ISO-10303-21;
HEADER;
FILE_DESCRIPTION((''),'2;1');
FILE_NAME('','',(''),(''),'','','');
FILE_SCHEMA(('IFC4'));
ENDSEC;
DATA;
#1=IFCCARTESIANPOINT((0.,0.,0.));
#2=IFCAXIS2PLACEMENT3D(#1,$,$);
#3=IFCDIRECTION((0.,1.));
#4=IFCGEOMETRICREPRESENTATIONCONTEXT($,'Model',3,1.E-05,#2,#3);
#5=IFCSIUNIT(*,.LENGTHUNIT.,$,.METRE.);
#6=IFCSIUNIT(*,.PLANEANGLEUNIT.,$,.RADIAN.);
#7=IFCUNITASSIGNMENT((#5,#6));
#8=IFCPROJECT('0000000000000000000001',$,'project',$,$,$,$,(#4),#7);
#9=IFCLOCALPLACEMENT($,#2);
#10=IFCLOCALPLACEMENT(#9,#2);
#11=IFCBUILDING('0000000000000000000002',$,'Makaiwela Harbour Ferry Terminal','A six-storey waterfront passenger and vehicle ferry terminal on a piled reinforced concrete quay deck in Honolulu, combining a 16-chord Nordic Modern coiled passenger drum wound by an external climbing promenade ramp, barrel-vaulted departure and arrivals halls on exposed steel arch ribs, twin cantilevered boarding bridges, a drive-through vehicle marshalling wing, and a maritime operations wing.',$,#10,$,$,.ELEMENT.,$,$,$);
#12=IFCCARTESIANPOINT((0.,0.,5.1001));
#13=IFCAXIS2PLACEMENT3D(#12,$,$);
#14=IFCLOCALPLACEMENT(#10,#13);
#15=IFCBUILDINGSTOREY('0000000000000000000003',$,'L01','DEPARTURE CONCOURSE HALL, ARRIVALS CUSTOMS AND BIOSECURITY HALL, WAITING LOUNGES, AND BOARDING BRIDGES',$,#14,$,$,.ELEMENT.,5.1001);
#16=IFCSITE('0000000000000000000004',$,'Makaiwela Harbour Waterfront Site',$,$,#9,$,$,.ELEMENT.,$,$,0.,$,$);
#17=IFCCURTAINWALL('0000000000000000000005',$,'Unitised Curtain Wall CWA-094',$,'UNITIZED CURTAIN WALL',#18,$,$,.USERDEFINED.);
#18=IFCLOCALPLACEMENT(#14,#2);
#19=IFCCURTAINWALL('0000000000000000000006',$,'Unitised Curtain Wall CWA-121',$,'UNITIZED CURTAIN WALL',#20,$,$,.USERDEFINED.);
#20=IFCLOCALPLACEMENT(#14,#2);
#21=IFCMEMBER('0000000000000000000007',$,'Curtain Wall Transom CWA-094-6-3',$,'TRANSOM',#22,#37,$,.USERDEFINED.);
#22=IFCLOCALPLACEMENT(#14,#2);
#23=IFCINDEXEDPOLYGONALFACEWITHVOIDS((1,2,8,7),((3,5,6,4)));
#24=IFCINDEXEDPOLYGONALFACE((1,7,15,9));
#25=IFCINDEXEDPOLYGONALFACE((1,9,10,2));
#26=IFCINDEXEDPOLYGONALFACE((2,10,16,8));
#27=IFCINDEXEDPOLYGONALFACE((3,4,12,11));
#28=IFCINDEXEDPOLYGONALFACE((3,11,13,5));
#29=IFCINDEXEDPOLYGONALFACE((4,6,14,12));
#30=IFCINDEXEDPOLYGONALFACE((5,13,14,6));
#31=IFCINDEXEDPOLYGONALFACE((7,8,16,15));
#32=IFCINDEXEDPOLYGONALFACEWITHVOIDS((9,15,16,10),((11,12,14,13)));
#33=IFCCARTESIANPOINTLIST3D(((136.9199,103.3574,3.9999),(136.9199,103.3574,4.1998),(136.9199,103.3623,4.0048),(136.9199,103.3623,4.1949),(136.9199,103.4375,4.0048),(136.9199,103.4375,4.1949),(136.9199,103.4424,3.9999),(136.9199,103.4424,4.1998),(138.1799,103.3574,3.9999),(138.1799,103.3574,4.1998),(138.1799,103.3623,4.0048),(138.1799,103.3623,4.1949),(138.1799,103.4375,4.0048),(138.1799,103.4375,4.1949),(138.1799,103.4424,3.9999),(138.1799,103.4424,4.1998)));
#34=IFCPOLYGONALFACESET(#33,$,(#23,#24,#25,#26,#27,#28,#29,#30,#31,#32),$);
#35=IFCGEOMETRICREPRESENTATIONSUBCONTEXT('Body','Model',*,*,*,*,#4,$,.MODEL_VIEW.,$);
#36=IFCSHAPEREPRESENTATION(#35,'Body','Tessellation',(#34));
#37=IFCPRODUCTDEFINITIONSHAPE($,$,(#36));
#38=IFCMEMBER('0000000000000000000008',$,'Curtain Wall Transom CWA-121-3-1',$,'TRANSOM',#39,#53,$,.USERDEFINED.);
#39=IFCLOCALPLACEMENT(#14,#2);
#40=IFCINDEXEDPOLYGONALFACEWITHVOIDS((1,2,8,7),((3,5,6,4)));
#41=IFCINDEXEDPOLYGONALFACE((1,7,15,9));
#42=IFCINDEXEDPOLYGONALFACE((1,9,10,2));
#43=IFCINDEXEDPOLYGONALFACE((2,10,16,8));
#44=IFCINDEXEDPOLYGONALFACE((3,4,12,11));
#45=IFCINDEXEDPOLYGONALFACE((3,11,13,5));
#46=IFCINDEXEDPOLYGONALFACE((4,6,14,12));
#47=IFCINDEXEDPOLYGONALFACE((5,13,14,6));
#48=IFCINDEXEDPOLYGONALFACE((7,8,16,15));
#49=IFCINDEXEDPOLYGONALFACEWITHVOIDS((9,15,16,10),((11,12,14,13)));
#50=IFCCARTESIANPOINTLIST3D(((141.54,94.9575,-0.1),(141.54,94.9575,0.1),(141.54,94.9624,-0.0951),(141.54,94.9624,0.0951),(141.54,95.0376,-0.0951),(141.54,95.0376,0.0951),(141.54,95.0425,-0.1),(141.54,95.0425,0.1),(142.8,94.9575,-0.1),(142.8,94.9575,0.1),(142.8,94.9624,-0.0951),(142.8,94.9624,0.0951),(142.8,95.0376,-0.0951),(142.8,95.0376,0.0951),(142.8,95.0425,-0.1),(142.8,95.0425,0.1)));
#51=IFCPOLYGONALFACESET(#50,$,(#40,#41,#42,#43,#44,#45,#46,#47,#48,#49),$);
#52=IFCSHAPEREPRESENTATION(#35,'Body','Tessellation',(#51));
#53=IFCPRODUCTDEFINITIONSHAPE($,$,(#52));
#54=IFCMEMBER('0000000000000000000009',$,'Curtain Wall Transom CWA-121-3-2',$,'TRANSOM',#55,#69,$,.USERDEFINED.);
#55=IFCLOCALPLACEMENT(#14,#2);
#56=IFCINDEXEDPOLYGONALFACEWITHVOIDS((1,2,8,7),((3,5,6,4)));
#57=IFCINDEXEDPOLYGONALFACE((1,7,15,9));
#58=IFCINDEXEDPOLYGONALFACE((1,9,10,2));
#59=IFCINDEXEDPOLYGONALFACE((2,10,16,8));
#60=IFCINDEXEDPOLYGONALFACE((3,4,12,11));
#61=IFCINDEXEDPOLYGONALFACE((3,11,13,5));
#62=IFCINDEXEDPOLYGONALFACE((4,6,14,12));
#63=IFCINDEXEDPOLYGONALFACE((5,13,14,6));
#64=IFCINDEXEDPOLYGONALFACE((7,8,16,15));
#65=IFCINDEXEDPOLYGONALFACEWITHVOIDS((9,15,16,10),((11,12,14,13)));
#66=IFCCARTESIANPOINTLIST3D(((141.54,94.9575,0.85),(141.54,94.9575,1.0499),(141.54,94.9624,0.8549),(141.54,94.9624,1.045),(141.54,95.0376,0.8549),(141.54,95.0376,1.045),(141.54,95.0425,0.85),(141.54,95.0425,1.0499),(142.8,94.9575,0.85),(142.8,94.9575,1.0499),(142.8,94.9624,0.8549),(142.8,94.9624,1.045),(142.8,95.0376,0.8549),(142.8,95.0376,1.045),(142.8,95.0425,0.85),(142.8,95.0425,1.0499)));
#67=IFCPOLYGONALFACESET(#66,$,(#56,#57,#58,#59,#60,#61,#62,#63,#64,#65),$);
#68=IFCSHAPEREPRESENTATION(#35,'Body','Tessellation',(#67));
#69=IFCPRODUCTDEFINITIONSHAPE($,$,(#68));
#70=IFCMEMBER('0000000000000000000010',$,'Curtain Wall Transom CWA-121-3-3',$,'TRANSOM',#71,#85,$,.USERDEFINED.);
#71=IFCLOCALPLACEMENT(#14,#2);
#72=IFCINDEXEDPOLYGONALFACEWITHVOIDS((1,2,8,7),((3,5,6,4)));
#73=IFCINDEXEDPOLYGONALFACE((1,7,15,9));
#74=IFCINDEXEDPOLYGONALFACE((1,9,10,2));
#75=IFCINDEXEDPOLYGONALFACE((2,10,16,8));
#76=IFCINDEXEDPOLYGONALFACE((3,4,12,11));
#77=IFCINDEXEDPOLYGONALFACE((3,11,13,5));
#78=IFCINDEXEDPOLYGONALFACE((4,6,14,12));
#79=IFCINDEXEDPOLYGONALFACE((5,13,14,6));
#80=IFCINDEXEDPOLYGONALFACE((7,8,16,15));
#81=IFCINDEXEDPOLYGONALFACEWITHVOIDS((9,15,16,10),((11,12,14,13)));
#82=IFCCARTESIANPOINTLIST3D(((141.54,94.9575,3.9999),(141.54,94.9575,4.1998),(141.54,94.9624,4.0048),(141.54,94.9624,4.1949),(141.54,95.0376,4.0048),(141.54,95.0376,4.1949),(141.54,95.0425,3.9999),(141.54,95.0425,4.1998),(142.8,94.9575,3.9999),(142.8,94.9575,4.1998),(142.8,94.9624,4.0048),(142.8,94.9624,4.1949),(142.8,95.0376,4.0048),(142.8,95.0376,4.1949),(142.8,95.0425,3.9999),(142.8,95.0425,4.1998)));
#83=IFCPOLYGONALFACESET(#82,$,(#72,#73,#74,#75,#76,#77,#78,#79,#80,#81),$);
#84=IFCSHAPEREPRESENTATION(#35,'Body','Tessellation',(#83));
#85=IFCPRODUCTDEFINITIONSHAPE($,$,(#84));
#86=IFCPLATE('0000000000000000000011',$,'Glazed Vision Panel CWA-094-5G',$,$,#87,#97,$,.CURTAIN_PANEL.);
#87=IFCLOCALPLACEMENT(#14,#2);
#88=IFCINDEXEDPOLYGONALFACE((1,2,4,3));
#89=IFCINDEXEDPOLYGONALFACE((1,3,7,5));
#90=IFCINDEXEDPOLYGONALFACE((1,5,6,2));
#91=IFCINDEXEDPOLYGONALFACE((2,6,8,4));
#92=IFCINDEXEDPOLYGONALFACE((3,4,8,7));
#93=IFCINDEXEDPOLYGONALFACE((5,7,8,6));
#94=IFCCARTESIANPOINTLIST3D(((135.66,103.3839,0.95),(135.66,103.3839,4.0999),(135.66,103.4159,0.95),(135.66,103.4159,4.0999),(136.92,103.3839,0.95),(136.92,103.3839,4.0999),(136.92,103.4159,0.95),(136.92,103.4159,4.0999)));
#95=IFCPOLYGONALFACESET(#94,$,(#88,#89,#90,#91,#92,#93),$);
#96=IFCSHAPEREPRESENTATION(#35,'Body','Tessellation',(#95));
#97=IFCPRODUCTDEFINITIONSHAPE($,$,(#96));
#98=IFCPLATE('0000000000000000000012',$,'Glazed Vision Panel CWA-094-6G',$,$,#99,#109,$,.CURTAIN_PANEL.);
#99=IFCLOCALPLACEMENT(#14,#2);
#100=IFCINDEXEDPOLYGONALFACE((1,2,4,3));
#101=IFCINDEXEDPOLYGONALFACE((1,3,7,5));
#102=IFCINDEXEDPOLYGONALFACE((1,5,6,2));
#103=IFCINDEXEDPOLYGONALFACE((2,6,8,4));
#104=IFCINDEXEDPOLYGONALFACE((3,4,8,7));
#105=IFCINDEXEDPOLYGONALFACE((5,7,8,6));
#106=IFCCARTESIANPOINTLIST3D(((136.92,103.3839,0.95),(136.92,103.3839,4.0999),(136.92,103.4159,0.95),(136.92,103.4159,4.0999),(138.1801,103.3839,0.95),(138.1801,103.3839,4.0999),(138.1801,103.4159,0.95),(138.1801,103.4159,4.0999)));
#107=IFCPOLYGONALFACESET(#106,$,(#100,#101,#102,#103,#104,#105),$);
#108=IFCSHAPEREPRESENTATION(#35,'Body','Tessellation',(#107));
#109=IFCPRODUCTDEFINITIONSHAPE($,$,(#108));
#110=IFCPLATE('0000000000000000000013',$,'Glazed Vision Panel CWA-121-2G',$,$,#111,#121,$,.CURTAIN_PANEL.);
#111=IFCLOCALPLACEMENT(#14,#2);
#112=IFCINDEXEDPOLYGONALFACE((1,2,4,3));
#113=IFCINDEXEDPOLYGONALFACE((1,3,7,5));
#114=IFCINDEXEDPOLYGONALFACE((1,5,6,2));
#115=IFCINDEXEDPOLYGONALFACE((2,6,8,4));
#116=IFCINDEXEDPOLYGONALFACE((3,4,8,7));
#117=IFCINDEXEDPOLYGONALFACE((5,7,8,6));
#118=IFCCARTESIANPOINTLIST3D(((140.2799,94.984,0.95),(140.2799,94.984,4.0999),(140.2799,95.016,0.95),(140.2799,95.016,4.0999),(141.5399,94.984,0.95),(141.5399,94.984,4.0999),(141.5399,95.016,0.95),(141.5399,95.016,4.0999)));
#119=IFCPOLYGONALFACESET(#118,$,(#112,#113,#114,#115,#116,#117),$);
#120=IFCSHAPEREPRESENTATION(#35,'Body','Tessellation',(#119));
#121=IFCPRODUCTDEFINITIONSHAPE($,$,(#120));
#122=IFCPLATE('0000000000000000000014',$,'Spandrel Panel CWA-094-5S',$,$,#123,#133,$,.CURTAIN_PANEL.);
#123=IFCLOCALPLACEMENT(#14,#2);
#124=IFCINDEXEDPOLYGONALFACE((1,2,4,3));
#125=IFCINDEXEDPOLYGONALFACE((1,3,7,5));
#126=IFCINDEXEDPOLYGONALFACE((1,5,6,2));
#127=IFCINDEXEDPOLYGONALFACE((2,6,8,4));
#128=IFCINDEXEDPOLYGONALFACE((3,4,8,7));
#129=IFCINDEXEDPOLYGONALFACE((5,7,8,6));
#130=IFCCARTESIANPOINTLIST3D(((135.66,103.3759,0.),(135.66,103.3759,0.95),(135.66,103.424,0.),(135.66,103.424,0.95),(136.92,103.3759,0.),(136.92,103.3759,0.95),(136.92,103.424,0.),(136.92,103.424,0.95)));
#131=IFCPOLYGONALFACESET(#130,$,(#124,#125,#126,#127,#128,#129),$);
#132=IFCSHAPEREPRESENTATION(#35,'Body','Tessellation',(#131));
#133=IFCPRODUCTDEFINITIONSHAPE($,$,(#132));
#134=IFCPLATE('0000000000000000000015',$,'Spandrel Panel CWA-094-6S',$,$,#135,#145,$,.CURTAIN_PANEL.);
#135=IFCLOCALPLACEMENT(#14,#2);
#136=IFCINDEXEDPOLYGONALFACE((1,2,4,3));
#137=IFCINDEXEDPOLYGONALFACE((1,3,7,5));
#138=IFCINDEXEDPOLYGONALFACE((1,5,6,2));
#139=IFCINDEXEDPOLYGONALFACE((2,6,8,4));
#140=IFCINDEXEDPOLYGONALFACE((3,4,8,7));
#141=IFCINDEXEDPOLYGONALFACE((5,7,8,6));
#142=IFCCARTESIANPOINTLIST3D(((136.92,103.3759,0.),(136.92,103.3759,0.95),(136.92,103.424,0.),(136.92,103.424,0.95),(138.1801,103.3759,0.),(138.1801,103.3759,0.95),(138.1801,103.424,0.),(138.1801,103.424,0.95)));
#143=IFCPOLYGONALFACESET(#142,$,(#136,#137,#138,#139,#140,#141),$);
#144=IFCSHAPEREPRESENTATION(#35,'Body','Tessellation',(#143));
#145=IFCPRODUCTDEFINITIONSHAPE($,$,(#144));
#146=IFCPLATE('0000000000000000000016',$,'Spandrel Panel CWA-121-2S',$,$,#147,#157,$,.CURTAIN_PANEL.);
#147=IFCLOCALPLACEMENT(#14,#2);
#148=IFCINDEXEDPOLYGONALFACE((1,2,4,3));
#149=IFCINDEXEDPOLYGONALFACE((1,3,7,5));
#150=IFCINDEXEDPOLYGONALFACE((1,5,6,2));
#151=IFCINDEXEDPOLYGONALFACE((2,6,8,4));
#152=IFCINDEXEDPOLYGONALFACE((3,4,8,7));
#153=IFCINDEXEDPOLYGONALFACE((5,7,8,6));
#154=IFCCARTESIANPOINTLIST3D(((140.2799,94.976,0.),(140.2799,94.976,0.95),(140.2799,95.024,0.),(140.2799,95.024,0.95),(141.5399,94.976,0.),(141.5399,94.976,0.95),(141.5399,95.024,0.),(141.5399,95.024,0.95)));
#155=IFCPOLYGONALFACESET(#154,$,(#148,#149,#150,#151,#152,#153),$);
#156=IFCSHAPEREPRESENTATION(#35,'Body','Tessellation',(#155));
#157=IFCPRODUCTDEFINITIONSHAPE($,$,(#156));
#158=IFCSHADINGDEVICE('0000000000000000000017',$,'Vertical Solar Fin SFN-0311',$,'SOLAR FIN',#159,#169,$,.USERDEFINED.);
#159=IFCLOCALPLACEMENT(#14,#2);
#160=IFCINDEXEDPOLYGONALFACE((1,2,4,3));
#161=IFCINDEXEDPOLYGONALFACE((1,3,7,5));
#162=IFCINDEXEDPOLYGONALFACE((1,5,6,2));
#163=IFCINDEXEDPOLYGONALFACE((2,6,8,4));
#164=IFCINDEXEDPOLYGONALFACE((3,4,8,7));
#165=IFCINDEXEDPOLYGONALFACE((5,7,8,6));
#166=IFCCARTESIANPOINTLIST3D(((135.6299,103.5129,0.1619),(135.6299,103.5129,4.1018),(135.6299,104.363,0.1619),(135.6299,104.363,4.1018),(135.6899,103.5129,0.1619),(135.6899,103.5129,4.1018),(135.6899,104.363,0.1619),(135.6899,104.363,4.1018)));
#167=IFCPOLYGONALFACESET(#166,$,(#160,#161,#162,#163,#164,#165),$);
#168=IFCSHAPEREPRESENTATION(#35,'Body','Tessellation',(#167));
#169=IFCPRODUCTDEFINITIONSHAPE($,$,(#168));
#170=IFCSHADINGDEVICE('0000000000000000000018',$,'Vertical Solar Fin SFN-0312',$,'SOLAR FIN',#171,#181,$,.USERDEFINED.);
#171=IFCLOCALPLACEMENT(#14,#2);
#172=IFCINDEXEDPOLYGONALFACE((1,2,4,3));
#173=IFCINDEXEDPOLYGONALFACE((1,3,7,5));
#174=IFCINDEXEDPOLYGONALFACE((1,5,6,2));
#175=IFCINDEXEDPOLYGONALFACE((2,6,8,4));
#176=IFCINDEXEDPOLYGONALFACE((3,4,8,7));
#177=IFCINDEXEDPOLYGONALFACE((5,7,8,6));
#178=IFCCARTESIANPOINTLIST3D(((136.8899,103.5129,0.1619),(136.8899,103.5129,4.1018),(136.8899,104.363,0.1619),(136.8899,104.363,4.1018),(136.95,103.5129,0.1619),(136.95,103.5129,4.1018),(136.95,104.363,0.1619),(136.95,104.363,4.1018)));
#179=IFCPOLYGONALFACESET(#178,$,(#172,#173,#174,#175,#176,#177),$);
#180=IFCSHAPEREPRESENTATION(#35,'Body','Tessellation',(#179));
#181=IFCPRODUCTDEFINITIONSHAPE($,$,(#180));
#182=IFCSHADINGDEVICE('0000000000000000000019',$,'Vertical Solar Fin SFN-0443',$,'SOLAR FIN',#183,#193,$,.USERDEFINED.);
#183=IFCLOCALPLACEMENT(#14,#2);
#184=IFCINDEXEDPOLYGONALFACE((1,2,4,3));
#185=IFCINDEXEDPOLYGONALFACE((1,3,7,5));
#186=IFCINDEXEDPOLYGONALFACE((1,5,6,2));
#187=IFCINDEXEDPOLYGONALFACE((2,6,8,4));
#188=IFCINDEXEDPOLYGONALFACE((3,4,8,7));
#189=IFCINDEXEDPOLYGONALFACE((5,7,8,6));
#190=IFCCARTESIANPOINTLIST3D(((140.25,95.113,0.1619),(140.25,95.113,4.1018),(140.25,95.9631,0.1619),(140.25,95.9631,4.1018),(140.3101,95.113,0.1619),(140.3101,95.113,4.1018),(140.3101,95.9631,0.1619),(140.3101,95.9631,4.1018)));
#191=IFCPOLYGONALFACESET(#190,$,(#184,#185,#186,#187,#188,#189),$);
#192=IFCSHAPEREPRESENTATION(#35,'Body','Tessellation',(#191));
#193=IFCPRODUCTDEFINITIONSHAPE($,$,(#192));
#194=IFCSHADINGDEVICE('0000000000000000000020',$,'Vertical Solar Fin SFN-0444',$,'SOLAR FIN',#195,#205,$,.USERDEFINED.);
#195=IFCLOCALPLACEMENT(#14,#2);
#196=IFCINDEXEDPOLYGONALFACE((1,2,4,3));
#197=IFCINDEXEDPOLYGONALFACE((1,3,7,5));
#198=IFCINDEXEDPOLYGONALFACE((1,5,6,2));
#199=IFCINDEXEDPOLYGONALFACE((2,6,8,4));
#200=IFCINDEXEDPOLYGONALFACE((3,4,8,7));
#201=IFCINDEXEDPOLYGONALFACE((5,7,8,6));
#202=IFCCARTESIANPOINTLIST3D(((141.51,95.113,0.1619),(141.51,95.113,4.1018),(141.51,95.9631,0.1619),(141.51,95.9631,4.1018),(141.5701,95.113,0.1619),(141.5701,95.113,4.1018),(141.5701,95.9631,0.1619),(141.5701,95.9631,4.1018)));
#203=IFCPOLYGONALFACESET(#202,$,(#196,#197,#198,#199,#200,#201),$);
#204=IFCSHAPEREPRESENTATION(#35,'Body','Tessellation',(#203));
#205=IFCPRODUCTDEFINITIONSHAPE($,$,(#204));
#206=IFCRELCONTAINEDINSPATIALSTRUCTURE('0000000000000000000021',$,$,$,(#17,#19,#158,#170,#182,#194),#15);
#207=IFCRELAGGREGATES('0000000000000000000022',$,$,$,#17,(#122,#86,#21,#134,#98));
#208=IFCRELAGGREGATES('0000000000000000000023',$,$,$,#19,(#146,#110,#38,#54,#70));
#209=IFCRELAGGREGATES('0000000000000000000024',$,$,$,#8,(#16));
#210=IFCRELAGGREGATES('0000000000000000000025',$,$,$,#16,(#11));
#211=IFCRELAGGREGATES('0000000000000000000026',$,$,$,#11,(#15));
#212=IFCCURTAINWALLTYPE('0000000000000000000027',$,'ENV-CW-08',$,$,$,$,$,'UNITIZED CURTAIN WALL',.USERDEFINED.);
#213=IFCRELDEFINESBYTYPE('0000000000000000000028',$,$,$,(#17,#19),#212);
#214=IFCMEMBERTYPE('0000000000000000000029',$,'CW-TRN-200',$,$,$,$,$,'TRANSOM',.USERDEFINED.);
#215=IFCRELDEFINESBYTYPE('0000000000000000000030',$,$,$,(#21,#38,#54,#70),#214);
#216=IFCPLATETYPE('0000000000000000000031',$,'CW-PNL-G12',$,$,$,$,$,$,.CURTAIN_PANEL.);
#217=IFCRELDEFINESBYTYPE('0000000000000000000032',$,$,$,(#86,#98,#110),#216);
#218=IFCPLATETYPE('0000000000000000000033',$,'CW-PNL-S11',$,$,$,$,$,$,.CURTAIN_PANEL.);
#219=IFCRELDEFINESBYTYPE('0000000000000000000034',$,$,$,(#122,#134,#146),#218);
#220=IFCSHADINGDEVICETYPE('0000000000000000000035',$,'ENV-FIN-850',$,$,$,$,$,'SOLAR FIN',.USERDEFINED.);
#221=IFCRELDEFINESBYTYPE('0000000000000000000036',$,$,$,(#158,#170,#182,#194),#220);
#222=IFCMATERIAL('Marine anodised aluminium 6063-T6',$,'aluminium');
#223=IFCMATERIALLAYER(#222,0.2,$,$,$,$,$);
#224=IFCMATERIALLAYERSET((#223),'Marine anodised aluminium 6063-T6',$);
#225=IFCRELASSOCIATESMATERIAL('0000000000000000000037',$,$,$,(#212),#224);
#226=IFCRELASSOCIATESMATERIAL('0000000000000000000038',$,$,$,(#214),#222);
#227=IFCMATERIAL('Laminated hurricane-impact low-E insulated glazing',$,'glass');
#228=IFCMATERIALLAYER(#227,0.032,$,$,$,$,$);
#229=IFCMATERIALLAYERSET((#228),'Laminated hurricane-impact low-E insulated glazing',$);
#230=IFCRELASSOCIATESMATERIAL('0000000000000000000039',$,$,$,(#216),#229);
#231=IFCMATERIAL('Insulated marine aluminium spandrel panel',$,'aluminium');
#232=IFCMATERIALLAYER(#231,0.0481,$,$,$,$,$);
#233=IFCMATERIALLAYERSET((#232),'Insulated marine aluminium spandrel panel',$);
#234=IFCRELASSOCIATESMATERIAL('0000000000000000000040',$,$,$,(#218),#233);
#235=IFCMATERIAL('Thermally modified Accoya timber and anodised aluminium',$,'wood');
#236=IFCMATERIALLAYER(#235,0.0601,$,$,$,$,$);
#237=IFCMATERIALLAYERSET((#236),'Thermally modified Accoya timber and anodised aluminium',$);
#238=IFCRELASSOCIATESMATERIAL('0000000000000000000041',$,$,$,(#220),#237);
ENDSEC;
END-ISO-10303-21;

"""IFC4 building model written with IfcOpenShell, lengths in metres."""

from ifc_helpers import new_model, si_unit, direction, frame, origin, origin_2d, place, context, subcontext, project, spatial, rectangle, hollow_rectangle, extrude, material, layer, layer_set, material_profile, profile_set, type_object, element, aggregate, save


model = new_model("IFC4")

# Units and contexts
model_context = context("Model", 3, precision=1e-05, world=origin(), true_north=direction((0.0, 1.0)))
body_context = subcontext(model_context, "Body", "Model", "MODEL_VIEW")
ifc_project = project(units=[si_unit("LENGTHUNIT", "METRE"), si_unit("PLANEANGLEUNIT", "RADIAN")], contexts=[model_context])

# Site, building, storey
site_placement = place(None, origin())
site = spatial("IfcSite", under=ifc_project, at=site_placement, Name="Makaiwela Harbour Waterfront Site", CompositionType="ELEMENT", RefElevation=0.0)
building_placement = place(site_placement, origin())
building = spatial("IfcBuilding", under=site, at=building_placement, Name="Makaiwela Harbour Ferry Terminal", Description="A six-storey waterfront passenger and vehicle ferry terminal on a piled reinforced concrete quay deck in Honolulu, combining a 16-chord Nordic Modern coiled passenger drum wound by an external climbing promenade ramp, barrel-vaulted departure and arrivals halls on exposed steel arch ribs, twin cantilevered boarding bridges, a drive-through vehicle marshalling wing, and a maritime operations wing.", CompositionType="ELEMENT")
storey_placement = place(building_placement, frame((0.0, 0.0, 5.1001)))
storey = spatial("IfcBuildingStorey", under=building, at=storey_placement, Name="L01", Description="DEPARTURE CONCOURSE HALL, ARRIVALS CUSTOMS AND BIOSECURITY HALL, WAITING LOUNGES, AND BOARDING BRIDGES", CompositionType="ELEMENT", Elevation=5.1001)

# Curtain wall
ifc_material_1 = material(Name="Marine anodised aluminium 6063-T6", Category="aluminium")
ifc_layer_1 = layer(ifc_material_1, 0.2)
ifc_layer_set_1 = layer_set([ifc_layer_1], Name="Marine anodised aluminium 6063-T6")
curtain_wall_type = type_object("IfcCurtainWallType", Name="ENV-CW-08", ElementType="UNITIZED CURTAIN WALL", PredefinedType="USERDEFINED", material=ifc_layer_set_1)
curtain_wall_1_placement = place(storey_placement, origin())
curtain_wall_1 = element("IfcCurtainWall", 1, at=curtain_wall_1_placement, inside=storey, type_object=curtain_wall_type, Name="Unitised Curtain Wall CWA-094", ObjectType="UNITIZED CURTAIN WALL", PredefinedType="USERDEFINED")

# Curtain wall
curtain_wall_2_placement = place(storey_placement, origin())
curtain_wall_2 = element("IfcCurtainWall", 2, at=curtain_wall_2_placement, inside=storey, type_object=curtain_wall_type, Name="Unitised Curtain Wall CWA-121", ObjectType="UNITIZED CURTAIN WALL", PredefinedType="USERDEFINED")

# Members
ifc_material_profile_1 = material_profile(ifc_material_1, hollow_rectangle(XDim=0.085, YDim=0.2, WallThickness=0.0049, at=origin_2d()), Name="CWT-200X85")
ifc_profile_set_1 = profile_set([ifc_material_profile_1], Name="Marine anodised aluminium 6063-T6")
member_type_1 = type_object("IfcMemberType", Name="CW-TRN-200", ElementType="TRANSOM", PredefinedType="USERDEFINED", material=ifc_profile_set_1)
member_1_placement = place(storey_placement, frame((136.9199, 103.3999, 4.0999), z_axis=(1.0, 0.0, 0.0), x_axis=(0.0, 1.0, 0.0)))
member_1 = element("IfcMember", 3, at=member_1_placement, type_object=member_type_1, Name="Curtain Wall Transom CWA-094-6-3", ObjectType="TRANSOM", PredefinedType="USERDEFINED", context=body_context, shape_type="SweptSolid", body=[
    extrude(hollow_rectangle(XDim=0.085, YDim=0.2, WallThickness=0.0049, at=origin_2d()), origin(), (0.0, 0.0, 1.0), 1.26),
])
member_2_placement = place(storey_placement, frame((141.54, 95.0, 0.0), z_axis=(1.0, 0.0, 0.0), x_axis=(0.0, 1.0, 0.0)))
member_2 = element("IfcMember", 4, at=member_2_placement, type_object=member_type_1, Name="Curtain Wall Transom CWA-121-3-1", ObjectType="TRANSOM", PredefinedType="USERDEFINED", context=body_context, shape_type="SweptSolid", body=[
    extrude(hollow_rectangle(XDim=0.085, YDim=0.2, WallThickness=0.0049, at=origin_2d()), origin(), (0.0, 0.0, 1.0), 1.26),
])
member_3_placement = place(storey_placement, frame((141.54, 95.0, 0.95), z_axis=(1.0, 0.0, 0.0), x_axis=(0.0, 1.0, 0.0)))
member_3 = element("IfcMember", 5, at=member_3_placement, type_object=member_type_1, Name="Curtain Wall Transom CWA-121-3-2", ObjectType="TRANSOM", PredefinedType="USERDEFINED", context=body_context, shape_type="SweptSolid", body=[
    extrude(hollow_rectangle(XDim=0.085, YDim=0.2, WallThickness=0.0049, at=origin_2d()), origin(), (0.0, 0.0, 1.0), 1.26),
])
member_4_placement = place(storey_placement, frame((141.54, 95.0, 4.0999), z_axis=(1.0, 0.0, 0.0), x_axis=(0.0, 1.0, 0.0)))
member_4 = element("IfcMember", 6, at=member_4_placement, type_object=member_type_1, Name="Curtain Wall Transom CWA-121-3-3", ObjectType="TRANSOM", PredefinedType="USERDEFINED", context=body_context, shape_type="SweptSolid", body=[
    extrude(hollow_rectangle(XDim=0.085, YDim=0.2, WallThickness=0.0049, at=origin_2d()), origin(), (0.0, 0.0, 1.0), 1.26),
])

# Plates
ifc_material_2 = material(Name="Laminated hurricane-impact low-E insulated glazing", Category="glass")
ifc_layer_2 = layer(ifc_material_2, 0.032)
ifc_layer_set_2 = layer_set([ifc_layer_2], Name="Laminated hurricane-impact low-E insulated glazing")
plate_type_1 = type_object("IfcPlateType", Name="CW-PNL-G12", PredefinedType="CURTAIN_PANEL", material=ifc_layer_set_2)
plate_1_placement = place(storey_placement, frame((136.29, 103.3999, 0.95), z_axis=(0.0, 0.0, 1.0), x_axis=(1.0, 0.0, 0.0)))
plate_1 = element("IfcPlate", 7, at=plate_1_placement, type_object=plate_type_1, Name="Glazed Vision Panel CWA-094-5G", PredefinedType="CURTAIN_PANEL", context=body_context, shape_type="SweptSolid", body=[
    extrude(rectangle(XDim=1.26, YDim=0.032, at=origin_2d()), origin(), (0.0, 0.0, 1.0), 3.1499),
])
plate_2_placement = place(storey_placement, frame((137.55, 103.3999, 0.95), z_axis=(0.0, 0.0, 1.0), x_axis=(1.0, 0.0, 0.0)))
plate_2 = element("IfcPlate", 8, at=plate_2_placement, type_object=plate_type_1, Name="Glazed Vision Panel CWA-094-6G", PredefinedType="CURTAIN_PANEL", context=body_context, shape_type="SweptSolid", body=[
    extrude(rectangle(XDim=1.26, YDim=0.032, at=origin_2d()), origin(), (0.0, 0.0, 1.0), 3.1499),
])
plate_3_placement = place(storey_placement, frame((140.9099, 95.0, 0.95), z_axis=(0.0, 0.0, 1.0), x_axis=(1.0, 0.0, 0.0)))
plate_3 = element("IfcPlate", 9, at=plate_3_placement, type_object=plate_type_1, Name="Glazed Vision Panel CWA-121-2G", PredefinedType="CURTAIN_PANEL", context=body_context, shape_type="SweptSolid", body=[
    extrude(rectangle(XDim=1.26, YDim=0.032, at=origin_2d()), origin(), (0.0, 0.0, 1.0), 3.1499),
])
ifc_material_3 = material(Name="Insulated marine aluminium spandrel panel", Category="aluminium")
ifc_layer_3 = layer(ifc_material_3, 0.0481)
ifc_layer_set_3 = layer_set([ifc_layer_3], Name="Insulated marine aluminium spandrel panel")
plate_type_2 = type_object("IfcPlateType", Name="CW-PNL-S11", PredefinedType="CURTAIN_PANEL", material=ifc_layer_set_3)
plate_4_placement = place(storey_placement, frame((136.29, 103.3999, 0.0), z_axis=(0.0, 0.0, 1.0), x_axis=(1.0, 0.0, 0.0)))
plate_4 = element("IfcPlate", 10, at=plate_4_placement, type_object=plate_type_2, Name="Spandrel Panel CWA-094-5S", PredefinedType="CURTAIN_PANEL", context=body_context, shape_type="SweptSolid", body=[
    extrude(rectangle(XDim=1.26, YDim=0.0481, at=origin_2d()), origin(), (0.0, 0.0, 1.0), 0.95),
])
plate_5_placement = place(storey_placement, frame((137.55, 103.3999, 0.0), z_axis=(0.0, 0.0, 1.0), x_axis=(1.0, 0.0, 0.0)))
plate_5 = element("IfcPlate", 11, at=plate_5_placement, type_object=plate_type_2, Name="Spandrel Panel CWA-094-6S", PredefinedType="CURTAIN_PANEL", context=body_context, shape_type="SweptSolid", body=[
    extrude(rectangle(XDim=1.26, YDim=0.0481, at=origin_2d()), origin(), (0.0, 0.0, 1.0), 0.95),
])
aggregate(curtain_wall_1, [plate_4, plate_1, member_1, plate_5, plate_2])
plate_6_placement = place(storey_placement, frame((140.9099, 95.0, 0.0), z_axis=(0.0, 0.0, 1.0), x_axis=(1.0, 0.0, 0.0)))
plate_6 = element("IfcPlate", 12, at=plate_6_placement, type_object=plate_type_2, Name="Spandrel Panel CWA-121-2S", PredefinedType="CURTAIN_PANEL", context=body_context, shape_type="SweptSolid", body=[
    extrude(rectangle(XDim=1.26, YDim=0.0481, at=origin_2d()), origin(), (0.0, 0.0, 1.0), 0.95),
])
aggregate(curtain_wall_2, [plate_6, plate_3, member_2, member_3, member_4])

# Shading devices
ifc_material_4 = material(Name="Thermally modified Accoya timber and anodised aluminium", Category="wood")
ifc_layer_4 = layer(ifc_material_4, 0.0601)
ifc_layer_set_4 = layer_set([ifc_layer_4], Name="Thermally modified Accoya timber and anodised aluminium")
shading_device_type = type_object("IfcShadingDeviceType", Name="ENV-FIN-850", ElementType="SOLAR FIN", PredefinedType="USERDEFINED", material=ifc_layer_set_4)
for number, where, z_axis, x_axis, name in (
    (13, (135.6599, 103.938, 0.1619), (0.0, 0.0, 1.0), (0.0, 1.0, 0.0), "Vertical Solar Fin SFN-0311"),
    (14, (136.9199, 103.938, 0.1619), (0.0, 0.0, 1.0), (0.0, 1.0, 0.0), "Vertical Solar Fin SFN-0312"),
    (15, (140.28, 95.5381, 0.1619), (0.0, 0.0, 1.0), (0.0, 1.0, 0.0), "Vertical Solar Fin SFN-0443"),
    (16, (141.54, 95.5381, 0.1619), (0.0, 0.0, 1.0), (0.0, 1.0, 0.0), "Vertical Solar Fin SFN-0444"),
):
    element("IfcShadingDevice", number, at=place(storey_placement, frame(where, z_axis=z_axis, x_axis=x_axis)), inside=storey, type_object=shading_device_type, Name=name, ObjectType="SOLAR FIN", PredefinedType="USERDEFINED", context=body_context, shape_type="SweptSolid", body=[
        extrude(rectangle(XDim=0.8501, YDim=0.0601, at=origin_2d()), origin(), (0.0, 0.0, 1.0), 3.9399),
    ])

save(model, "model.ifc")
